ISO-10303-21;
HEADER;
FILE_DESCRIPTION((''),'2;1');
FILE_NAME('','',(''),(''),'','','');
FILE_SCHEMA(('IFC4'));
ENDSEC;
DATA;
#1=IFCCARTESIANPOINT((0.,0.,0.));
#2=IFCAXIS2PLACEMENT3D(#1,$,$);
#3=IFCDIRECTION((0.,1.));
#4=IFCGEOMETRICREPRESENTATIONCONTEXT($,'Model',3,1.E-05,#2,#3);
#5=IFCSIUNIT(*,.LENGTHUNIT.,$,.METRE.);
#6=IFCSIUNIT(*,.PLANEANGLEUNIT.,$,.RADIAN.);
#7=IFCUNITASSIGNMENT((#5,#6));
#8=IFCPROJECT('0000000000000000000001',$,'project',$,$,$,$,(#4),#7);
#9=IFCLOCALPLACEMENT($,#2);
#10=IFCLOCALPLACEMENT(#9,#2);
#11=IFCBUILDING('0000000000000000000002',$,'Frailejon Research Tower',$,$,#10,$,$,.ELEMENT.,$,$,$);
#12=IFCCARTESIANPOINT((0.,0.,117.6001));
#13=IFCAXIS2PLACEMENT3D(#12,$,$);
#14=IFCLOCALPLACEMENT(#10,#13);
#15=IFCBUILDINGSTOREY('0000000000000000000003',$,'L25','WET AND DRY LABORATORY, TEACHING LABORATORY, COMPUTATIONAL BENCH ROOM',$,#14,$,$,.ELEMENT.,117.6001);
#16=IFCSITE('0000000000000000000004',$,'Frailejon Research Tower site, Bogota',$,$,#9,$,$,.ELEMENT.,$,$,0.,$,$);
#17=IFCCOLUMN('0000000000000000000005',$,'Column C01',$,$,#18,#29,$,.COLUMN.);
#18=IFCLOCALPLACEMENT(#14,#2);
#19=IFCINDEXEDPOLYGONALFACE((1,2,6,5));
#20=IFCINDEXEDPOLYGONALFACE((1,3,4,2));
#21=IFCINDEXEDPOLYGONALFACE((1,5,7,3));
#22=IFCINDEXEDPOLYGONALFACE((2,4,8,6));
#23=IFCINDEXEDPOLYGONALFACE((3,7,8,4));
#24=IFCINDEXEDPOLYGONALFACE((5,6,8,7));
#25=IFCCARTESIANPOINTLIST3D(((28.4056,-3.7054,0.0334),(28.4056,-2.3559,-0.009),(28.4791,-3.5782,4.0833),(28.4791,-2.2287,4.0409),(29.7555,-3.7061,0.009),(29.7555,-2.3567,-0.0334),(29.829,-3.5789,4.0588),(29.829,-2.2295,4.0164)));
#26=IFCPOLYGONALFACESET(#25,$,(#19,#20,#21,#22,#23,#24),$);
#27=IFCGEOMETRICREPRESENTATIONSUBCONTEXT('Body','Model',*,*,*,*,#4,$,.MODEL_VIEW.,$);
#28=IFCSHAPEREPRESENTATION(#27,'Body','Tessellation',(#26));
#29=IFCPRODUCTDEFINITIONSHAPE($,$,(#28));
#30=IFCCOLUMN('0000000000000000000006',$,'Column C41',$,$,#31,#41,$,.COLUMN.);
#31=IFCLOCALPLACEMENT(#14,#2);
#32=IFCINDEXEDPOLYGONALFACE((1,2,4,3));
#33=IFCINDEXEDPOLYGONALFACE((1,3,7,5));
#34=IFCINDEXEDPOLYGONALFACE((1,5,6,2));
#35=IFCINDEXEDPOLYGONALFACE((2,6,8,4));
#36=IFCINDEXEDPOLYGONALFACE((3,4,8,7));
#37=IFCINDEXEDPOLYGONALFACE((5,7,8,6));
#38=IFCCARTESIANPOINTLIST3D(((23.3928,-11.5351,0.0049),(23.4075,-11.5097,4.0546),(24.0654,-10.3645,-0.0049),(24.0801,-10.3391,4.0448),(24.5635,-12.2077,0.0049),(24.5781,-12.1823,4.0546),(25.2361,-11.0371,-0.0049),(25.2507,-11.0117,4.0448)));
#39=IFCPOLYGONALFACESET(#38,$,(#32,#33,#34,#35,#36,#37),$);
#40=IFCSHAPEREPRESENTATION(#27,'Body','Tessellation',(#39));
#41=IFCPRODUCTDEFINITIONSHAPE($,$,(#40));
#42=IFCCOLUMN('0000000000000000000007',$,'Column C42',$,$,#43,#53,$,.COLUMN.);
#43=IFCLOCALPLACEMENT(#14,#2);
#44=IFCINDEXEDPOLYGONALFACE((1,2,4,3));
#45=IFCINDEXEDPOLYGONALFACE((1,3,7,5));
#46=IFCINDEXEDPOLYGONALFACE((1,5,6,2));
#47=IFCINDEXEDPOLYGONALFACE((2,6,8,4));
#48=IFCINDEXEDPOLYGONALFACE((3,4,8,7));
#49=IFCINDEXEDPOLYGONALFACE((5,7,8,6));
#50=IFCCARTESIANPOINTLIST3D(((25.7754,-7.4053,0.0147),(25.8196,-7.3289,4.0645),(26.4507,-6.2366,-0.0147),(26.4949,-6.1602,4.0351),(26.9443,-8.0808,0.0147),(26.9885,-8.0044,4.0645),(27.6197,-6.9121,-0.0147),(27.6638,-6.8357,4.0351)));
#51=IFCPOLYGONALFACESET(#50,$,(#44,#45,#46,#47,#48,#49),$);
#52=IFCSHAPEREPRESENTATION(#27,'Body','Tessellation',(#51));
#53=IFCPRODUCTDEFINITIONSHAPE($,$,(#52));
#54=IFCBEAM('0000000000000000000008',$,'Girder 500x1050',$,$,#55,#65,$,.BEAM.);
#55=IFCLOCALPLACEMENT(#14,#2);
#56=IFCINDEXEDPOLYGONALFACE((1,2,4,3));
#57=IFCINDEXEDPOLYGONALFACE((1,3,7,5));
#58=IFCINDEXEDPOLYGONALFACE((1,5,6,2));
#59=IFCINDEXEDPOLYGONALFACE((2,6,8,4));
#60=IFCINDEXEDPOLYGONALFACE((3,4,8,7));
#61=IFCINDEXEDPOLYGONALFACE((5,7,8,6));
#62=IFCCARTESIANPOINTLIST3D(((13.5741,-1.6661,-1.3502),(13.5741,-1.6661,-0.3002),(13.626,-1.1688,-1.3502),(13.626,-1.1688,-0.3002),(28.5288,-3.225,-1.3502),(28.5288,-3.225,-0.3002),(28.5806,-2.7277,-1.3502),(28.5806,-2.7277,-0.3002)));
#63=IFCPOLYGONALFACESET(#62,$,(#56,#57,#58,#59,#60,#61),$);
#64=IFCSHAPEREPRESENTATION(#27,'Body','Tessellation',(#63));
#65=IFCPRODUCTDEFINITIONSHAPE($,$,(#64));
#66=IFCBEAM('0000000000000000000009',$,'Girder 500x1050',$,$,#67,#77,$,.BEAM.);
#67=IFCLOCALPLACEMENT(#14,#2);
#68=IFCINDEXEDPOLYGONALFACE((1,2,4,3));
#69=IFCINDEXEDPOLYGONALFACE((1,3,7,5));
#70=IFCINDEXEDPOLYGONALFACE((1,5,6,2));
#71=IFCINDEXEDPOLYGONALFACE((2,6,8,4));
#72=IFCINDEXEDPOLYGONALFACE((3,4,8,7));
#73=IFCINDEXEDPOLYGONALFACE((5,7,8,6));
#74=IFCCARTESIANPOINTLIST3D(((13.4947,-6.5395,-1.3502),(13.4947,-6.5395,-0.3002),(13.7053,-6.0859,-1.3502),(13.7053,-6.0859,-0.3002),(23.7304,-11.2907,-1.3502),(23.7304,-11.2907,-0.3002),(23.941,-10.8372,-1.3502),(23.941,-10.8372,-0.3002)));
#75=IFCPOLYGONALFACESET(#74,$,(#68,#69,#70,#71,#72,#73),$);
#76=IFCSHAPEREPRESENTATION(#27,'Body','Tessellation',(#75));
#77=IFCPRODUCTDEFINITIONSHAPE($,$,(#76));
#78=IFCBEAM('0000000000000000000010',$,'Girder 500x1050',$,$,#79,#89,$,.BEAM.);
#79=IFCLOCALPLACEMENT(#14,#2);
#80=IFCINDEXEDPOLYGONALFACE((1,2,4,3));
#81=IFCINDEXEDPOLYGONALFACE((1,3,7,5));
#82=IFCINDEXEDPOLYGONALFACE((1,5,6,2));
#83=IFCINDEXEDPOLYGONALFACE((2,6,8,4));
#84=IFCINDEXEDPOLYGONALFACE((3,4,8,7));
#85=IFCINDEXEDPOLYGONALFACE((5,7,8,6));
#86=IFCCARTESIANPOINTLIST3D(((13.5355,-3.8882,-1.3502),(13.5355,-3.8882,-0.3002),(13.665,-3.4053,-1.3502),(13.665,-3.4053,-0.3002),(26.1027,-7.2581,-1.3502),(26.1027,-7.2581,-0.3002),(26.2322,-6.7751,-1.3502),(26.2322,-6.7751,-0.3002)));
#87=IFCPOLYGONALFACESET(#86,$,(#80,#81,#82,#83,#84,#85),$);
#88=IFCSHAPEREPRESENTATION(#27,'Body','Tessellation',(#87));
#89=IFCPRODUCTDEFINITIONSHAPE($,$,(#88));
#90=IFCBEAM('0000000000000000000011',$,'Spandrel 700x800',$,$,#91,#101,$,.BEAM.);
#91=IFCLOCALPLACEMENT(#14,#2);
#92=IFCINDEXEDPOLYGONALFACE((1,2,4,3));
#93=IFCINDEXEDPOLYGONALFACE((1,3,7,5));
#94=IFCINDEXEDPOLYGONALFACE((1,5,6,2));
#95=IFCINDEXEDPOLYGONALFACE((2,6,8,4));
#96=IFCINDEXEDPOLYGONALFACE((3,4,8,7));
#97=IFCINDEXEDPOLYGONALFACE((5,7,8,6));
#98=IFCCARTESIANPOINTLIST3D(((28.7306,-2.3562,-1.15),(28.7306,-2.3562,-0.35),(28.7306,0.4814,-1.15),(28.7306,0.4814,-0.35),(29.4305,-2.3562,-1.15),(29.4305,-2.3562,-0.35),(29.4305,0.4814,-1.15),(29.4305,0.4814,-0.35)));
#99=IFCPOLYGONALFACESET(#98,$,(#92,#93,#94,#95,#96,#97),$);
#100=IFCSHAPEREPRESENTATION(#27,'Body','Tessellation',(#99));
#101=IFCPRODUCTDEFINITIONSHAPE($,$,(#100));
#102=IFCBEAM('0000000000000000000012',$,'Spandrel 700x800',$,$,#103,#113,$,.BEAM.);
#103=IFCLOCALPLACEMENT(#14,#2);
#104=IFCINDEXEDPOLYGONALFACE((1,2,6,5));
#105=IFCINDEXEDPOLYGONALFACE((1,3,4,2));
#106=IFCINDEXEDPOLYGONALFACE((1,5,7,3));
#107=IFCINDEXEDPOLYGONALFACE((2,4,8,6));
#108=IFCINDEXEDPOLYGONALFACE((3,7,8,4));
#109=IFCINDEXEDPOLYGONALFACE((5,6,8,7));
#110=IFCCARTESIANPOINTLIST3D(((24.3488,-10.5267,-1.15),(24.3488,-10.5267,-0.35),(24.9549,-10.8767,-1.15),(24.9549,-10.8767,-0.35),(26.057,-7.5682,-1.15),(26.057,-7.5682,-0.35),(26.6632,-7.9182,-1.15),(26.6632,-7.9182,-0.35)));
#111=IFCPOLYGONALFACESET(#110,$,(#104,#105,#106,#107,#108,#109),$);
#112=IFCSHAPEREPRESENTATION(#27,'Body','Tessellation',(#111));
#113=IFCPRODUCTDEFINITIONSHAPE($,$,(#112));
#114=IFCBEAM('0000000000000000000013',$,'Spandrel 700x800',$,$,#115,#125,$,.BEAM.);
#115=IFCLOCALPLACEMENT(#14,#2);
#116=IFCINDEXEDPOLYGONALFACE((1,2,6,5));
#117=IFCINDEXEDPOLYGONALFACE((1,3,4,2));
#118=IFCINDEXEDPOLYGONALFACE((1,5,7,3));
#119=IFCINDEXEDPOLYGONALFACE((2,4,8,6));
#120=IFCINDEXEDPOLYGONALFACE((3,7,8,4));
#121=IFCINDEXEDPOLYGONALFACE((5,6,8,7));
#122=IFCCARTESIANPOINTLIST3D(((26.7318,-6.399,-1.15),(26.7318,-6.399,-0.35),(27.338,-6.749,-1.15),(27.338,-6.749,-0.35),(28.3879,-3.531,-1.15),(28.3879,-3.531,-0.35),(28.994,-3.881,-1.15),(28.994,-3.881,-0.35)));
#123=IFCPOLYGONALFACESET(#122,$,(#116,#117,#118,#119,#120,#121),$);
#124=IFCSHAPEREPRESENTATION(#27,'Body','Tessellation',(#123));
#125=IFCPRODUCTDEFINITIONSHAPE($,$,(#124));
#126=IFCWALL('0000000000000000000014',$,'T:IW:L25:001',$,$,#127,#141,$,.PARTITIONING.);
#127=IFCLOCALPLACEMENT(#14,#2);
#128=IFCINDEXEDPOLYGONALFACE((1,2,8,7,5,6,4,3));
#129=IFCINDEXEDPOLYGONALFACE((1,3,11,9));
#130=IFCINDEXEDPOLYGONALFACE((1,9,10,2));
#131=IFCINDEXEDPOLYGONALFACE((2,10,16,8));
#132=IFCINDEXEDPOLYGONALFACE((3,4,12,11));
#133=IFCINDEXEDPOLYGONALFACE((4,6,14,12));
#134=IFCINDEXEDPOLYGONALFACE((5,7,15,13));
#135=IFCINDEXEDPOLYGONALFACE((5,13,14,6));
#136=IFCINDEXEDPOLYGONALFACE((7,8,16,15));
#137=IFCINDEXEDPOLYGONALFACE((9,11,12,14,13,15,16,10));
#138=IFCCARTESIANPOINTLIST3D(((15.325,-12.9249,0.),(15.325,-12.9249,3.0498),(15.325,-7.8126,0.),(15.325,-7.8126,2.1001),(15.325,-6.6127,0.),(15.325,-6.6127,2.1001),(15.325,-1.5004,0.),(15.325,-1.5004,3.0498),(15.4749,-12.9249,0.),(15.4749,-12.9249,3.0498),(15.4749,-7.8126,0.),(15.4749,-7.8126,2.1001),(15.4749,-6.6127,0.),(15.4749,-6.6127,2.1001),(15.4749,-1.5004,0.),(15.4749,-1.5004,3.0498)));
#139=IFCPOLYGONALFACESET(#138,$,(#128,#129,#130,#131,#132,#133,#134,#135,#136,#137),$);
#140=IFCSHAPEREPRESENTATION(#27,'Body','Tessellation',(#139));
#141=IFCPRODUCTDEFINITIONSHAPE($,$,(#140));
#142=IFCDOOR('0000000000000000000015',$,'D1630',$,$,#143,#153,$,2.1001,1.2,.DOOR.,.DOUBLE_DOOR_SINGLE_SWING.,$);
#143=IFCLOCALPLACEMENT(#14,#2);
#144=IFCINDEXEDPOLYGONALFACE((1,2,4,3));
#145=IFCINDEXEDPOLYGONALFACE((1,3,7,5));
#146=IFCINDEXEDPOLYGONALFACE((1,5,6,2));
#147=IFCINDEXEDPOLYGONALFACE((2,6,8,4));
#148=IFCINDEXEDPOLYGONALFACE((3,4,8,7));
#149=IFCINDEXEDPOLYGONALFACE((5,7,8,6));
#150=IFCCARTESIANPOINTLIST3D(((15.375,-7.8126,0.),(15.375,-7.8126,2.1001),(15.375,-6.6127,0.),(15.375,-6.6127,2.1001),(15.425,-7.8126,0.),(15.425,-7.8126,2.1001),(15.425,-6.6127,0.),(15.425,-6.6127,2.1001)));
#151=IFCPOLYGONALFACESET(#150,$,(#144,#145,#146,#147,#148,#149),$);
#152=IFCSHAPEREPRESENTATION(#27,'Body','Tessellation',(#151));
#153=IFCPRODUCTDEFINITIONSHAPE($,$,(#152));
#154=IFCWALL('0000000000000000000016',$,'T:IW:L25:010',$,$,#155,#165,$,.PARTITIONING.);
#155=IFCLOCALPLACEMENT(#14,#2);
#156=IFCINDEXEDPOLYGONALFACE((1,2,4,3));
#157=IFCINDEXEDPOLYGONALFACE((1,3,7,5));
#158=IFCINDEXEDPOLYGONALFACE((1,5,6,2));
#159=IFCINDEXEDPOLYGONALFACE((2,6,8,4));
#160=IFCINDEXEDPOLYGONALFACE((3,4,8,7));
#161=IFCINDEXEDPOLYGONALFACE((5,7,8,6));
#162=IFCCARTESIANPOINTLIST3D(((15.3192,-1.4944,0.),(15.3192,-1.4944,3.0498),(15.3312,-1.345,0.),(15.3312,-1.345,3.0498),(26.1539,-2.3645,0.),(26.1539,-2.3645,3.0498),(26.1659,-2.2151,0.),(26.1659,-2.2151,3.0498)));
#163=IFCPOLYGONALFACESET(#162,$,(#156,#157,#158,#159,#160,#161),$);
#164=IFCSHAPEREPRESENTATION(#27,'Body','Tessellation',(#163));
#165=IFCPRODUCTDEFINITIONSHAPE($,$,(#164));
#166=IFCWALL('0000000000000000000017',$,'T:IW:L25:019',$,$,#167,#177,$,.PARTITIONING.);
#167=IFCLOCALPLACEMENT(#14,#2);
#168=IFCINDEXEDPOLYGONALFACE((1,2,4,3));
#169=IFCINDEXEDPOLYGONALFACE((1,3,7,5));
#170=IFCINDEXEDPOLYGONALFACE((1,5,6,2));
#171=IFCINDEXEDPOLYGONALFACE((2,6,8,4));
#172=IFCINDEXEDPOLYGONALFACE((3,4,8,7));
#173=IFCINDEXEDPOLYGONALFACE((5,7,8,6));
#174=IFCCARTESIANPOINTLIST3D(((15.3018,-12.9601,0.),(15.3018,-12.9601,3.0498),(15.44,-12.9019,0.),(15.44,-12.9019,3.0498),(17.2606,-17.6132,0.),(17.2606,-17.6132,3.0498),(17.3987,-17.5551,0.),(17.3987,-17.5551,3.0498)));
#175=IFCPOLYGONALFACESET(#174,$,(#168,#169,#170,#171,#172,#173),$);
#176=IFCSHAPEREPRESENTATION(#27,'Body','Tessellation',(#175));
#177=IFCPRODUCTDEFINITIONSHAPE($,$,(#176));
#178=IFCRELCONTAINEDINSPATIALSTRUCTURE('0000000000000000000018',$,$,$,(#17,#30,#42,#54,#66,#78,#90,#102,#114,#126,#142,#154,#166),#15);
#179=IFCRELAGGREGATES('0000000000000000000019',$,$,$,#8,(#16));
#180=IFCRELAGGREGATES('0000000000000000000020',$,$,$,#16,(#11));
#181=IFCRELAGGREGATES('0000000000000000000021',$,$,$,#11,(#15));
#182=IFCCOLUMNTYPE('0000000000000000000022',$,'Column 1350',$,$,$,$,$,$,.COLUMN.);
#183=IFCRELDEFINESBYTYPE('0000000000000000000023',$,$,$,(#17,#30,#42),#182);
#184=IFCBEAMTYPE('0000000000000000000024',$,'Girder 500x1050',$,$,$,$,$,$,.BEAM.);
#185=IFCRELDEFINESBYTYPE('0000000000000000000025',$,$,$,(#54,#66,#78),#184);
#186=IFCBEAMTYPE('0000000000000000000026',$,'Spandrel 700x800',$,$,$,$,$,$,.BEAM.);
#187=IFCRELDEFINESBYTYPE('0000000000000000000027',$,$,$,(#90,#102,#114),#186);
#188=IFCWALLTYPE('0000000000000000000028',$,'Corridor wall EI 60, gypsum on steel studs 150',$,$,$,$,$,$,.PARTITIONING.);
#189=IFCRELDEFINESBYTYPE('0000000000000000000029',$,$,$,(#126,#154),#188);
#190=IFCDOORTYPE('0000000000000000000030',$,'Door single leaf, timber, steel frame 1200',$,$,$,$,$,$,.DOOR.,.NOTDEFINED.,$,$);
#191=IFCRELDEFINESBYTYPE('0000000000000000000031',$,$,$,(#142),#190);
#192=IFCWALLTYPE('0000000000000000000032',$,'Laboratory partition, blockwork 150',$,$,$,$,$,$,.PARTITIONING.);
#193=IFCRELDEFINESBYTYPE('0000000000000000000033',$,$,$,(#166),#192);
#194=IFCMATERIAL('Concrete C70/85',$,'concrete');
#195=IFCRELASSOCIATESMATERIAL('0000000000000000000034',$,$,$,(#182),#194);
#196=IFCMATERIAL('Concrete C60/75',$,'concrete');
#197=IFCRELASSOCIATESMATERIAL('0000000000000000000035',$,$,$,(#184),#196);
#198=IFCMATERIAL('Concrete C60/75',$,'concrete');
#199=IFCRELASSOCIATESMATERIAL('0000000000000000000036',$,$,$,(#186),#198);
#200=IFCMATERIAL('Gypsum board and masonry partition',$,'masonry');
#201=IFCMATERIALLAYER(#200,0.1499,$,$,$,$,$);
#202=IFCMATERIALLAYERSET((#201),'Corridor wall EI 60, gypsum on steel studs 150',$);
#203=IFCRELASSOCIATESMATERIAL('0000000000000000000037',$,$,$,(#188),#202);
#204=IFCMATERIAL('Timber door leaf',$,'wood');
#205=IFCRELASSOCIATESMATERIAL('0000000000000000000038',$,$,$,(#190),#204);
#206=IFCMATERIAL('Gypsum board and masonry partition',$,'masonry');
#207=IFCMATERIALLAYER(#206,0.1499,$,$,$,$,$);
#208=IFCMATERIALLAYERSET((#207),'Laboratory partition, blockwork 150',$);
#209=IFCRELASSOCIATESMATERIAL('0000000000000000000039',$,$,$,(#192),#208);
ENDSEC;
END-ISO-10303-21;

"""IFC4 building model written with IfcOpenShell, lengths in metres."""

from ifc_helpers import new_model, si_unit, direction, frame, frame_2d, origin, origin_2d, place, context, subcontext, project, spatial, rectangle, extrude, material, layer, layer_set, material_profile, profile_set, type_object, element, fill, save


model = new_model("IFC4")

# Units and contexts
model_context = context("Model", 3, precision=1e-05, world=origin(), true_north=direction((0.0, 1.0)))
body_context = subcontext(model_context, "Body", "Model", "MODEL_VIEW")
ifc_project = project(units=[si_unit("LENGTHUNIT", "METRE"), si_unit("PLANEANGLEUNIT", "RADIAN")], contexts=[model_context])

# Site, building, storey
site_placement = place(None, origin())
site = spatial("IfcSite", under=ifc_project, at=site_placement, Name="Frailejon Research Tower site, Bogota", CompositionType="ELEMENT", RefElevation=0.0)
building_placement = place(site_placement, origin())
building = spatial("IfcBuilding", under=site, at=building_placement, Name="Frailejon Research Tower", CompositionType="ELEMENT")
storey_placement = place(building_placement, frame((0.0, 0.0, 117.6001)))
storey = spatial("IfcBuildingStorey", under=building, at=storey_placement, Name="L25", Description="WET AND DRY LABORATORY, TEACHING LABORATORY, COMPUTATIONAL BENCH ROOM", CompositionType="ELEMENT", Elevation=117.6001)

# Columns
ifc_material_1 = material(Name="Concrete C70/85", Category="concrete")
ifc_material_profile_1 = material_profile(ifc_material_1, rectangle(XDim=1.3501, YDim=1.3501, at=origin_2d()), Name="Column 1350")
ifc_profile_set_1 = profile_set([ifc_material_profile_1], Name="Concrete C70/85")
column_type = type_object("IfcColumnType", Name="Column 1350", PredefinedType="COLUMN", material=ifc_profile_set_1)
column_1_placement = place(storey_placement, frame((29.0806, -3.031, 0.0), z_axis=(0.018134, 0.031388, 0.999343), x_axis=(-0.000022, 0.999507, -0.031392)))
element("IfcColumn", 1, at=column_1_placement, inside=storey, type_object=column_type, Name="Column C01", PredefinedType="COLUMN", context=body_context, shape_type="SweptSolid", body=[
    extrude(rectangle(XDim=1.3501, YDim=1.3501, at=origin_2d()), origin(), (0.0, 0.0, 1.0), 4.0525),
])
column_2_placement = place(storey_placement, frame((24.3145, -11.2861, 0.0), z_axis=(0.003617, 0.006269, 0.999974), x_axis=(0.498177, 0.867045, -0.007238)))
element("IfcColumn", 2, at=column_2_placement, inside=storey, type_object=column_type, Name="Column C41", PredefinedType="COLUMN", context=body_context, shape_type="SweptSolid", body=[
    extrude(rectangle(XDim=1.3501, YDim=1.3501, at=origin_2d()), origin(), (0.0, 0.0, 1.0), 4.0498),
])
column_3_placement = place(storey_placement, frame((26.6975, -7.1587, 0.0), z_axis=(0.010909, 0.018865, 0.999763), x_axis=(0.500187, 0.865643, -0.021792)))
element("IfcColumn", 3, at=column_3_placement, inside=storey, type_object=column_type, Name="Column C42", PredefinedType="COLUMN", context=body_context, shape_type="SweptSolid", body=[
    extrude(rectangle(XDim=1.3501, YDim=1.3501, at=origin_2d()), origin(), (0.0, 0.0, 1.0), 4.0508),
])

# Beams
ifc_material_2 = material(Name="Concrete C60/75", Category="concrete")
ifc_material_profile_2 = material_profile(ifc_material_2, rectangle(XDim=0.5, YDim=1.05, at=origin_2d()), Name="Girder 500x1050")
ifc_profile_set_2 = profile_set([ifc_material_profile_2], Name="Concrete C60/75")
beam_type_1 = type_object("IfcBeamType", Name="Girder 500x1050", PredefinedType="BEAM", material=ifc_profile_set_2)
beam_1_placement = place(storey_placement, frame((28.5547, -2.9763, -0.8252), z_axis=(-0.994611, 0.103676, 0.0), x_axis=(-0.103676, -0.994611, 0.0)))
element("IfcBeam", 4, at=beam_1_placement, inside=storey, type_object=beam_type_1, Name="Girder 500x1050", PredefinedType="BEAM", context=body_context, shape_type="SweptSolid", body=[
    extrude(rectangle(XDim=0.5, YDim=1.05, at=origin_2d()), origin(), (0.0, 0.0, 1.0), 15.0356),
])
beam_2_placement = place(storey_placement, frame((23.8357, -11.064, -0.8252), z_axis=(-0.907043, 0.421037, 0.0), x_axis=(-0.421037, -0.907043, 0.0)))
element("IfcBeam", 5, at=beam_2_placement, inside=storey, type_object=beam_type_1, Name="Girder 500x1050", PredefinedType="BEAM", context=body_context, shape_type="SweptSolid", body=[
    extrude(rectangle(XDim=0.5, YDim=1.05, at=origin_2d()), origin(), (0.0, 0.0, 1.0), 11.2847),
])
beam_3_placement = place(storey_placement, frame((26.1675, -7.0166, -0.8252), z_axis=(-0.965879, 0.258995, 0.0), x_axis=(-0.258995, -0.965879, 0.0)))
element("IfcBeam", 6, at=beam_3_placement, inside=storey, type_object=beam_type_1, Name="Girder 500x1050", PredefinedType="BEAM", context=body_context, shape_type="SweptSolid", body=[
    extrude(rectangle(XDim=0.5, YDim=1.05, at=origin_2d()), origin(), (0.0, 0.0, 1.0), 13.0112),
])
ifc_material_3 = material(Name="Concrete C60/75", Category="concrete")
ifc_material_profile_3 = material_profile(ifc_material_3, rectangle(XDim=0.7, YDim=0.8, at=origin_2d()), Name="Spandrel 700x800")
ifc_profile_set_3 = profile_set([ifc_material_profile_3], Name="Concrete C60/75")
beam_type_2 = type_object("IfcBeamType", Name="Spandrel 700x800", PredefinedType="BEAM", material=ifc_profile_set_3)
beam_4_placement = place(storey_placement, frame((29.0806, -2.3562, -0.75), z_axis=(0.0, 1.0, 0.0), x_axis=(-1.0, 0.0, 0.0)))
element("IfcBeam", 7, at=beam_4_placement, inside=storey, type_object=beam_type_2, Name="Spandrel 700x800", PredefinedType="BEAM", context=body_context, shape_type="SweptSolid", body=[
    extrude(rectangle(XDim=0.7, YDim=0.8, at=origin_2d()), origin(), (0.0, 0.0, 1.0), 2.8376),
])
beam_5_placement = place(storey_placement, frame((24.6519, -10.7017, -0.75), z_axis=(0.500036, 0.866005, 0.0), x_axis=(-0.866005, 0.500036, 0.0)))
element("IfcBeam", 8, at=beam_5_placement, inside=storey, type_object=beam_type_2, Name="Spandrel 700x800", PredefinedType="BEAM", context=body_context, shape_type="SweptSolid", body=[
    extrude(rectangle(XDim=0.7, YDim=0.8, at=origin_2d()), origin(), (0.0, 0.0, 1.0), 3.4163),
])
beam_6_placement = place(storey_placement, frame((27.0349, -6.574, -0.75), z_axis=(0.500048, 0.865998, 0.0), x_axis=(-0.865998, 0.500048, 0.0)))
element("IfcBeam", 9, at=beam_6_placement, inside=storey, type_object=beam_type_2, Name="Spandrel 700x800", PredefinedType="BEAM", context=body_context, shape_type="SweptSolid", body=[
    extrude(rectangle(XDim=0.7, YDim=0.8, at=origin_2d()), origin(), (0.0, 0.0, 1.0), 3.3118),
])

# Wall, opening, door
ifc_material_4 = material(Name="Gypsum board and masonry partition", Category="masonry")
ifc_layer_1 = layer(ifc_material_4, 0.1499)
ifc_layer_set_1 = layer_set([ifc_layer_1], Name="Corridor wall EI 60, gypsum on steel studs 150")
wall_type_1 = type_object("IfcWallType", Name="Corridor wall EI 60, gypsum on steel studs 150", PredefinedType="PARTITIONING", material=ifc_layer_set_1)
wall_1_placement = place(storey_placement, frame((15.3999, -12.925, 0.0), z_axis=(0.0, 0.0, 1.0), x_axis=(0.0, 1.0, 0.0)))
wall_1 = element("IfcWall", 10, at=wall_1_placement, inside=storey, type_object=wall_type_1, Name="T:IW:L25:001", PredefinedType="PARTITIONING", context=body_context, shape_type="SweptSolid", body=[
    extrude(rectangle(XDim=11.4246, YDim=0.1499, at=frame_2d((5.7124, 0.0))), origin(), (0.0, 0.0, 1.0), 3.0498),
])
opening_1_placement = place(wall_1_placement, frame((5.1123, 0.0, 0.0)))
opening_1 = element("IfcOpeningElement", 11, at=opening_1_placement, cuts=wall_1, PredefinedType="OPENING", context=body_context, shape_type="SweptSolid", body=[
    extrude(rectangle(XDim=1.2, YDim=2.1001, at=frame_2d((0.6001, 1.05))), frame((0.0, 0.085, 0.0), z_axis=(0.0, -1.0, 0.0), x_axis=(1.0, 0.0, 0.0)), (0.0, 0.0, 1.0), 0.1699),
])
ifc_material_5 = material(Name="Timber door leaf", Category="wood")
door_type = type_object("IfcDoorType", Name="Door single leaf, timber, steel frame 1200", OperationType="NOTDEFINED", PredefinedType="DOOR", material=ifc_material_5)
door_placement = place(opening_1_placement, origin())
door = element("IfcDoor", 12, at=door_placement, inside=storey, type_object=door_type, Name="D1630", OperationType="DOUBLE_DOOR_SINGLE_SWING", OverallHeight=2.1001, OverallWidth=1.2, PredefinedType="DOOR", context=body_context, shape_type="SweptSolid", body=[
    extrude(rectangle(XDim=1.2, YDim=2.1001, at=frame_2d((0.6001, 1.05))), frame((0.0, 0.0249, 0.0), z_axis=(0.0, -1.0, 0.0), x_axis=(1.0, 0.0, 0.0)), (0.0, 0.0, 1.0), 0.05),
])
fill(opening_1, door)

# Walls
wall_2_placement = place(storey_placement, frame((15.3252, -1.4197, 0.0), z_axis=(0.0, 0.0, 1.0), x_axis=(0.996791, -0.080051, 0.0)))
element("IfcWall", 13, at=wall_2_placement, inside=storey, type_object=wall_type_1, Name="T:IW:L25:010", PredefinedType="PARTITIONING", context=body_context, shape_type="SweptSolid", body=[
    extrude(rectangle(XDim=10.8696, YDim=0.1499, at=frame_2d((5.4348, 0.0))), origin(), (0.0, 0.0, 1.0), 3.0498),
])
ifc_material_6 = material(Name="Gypsum board and masonry partition", Category="masonry")
ifc_layer_2 = layer(ifc_material_6, 0.1499)
ifc_layer_set_2 = layer_set([ifc_layer_2], Name="Laboratory partition, blockwork 150")
wall_type_2 = type_object("IfcWallType", Name="Laboratory partition, blockwork 150", PredefinedType="PARTITIONING", material=ifc_layer_set_2)
wall_3_placement = place(storey_placement, frame((15.3708, -12.9309, 0.0), z_axis=(0.0, 0.0, 1.0), x_axis=(0.387981, -0.921667, 0.0)))
element("IfcWall", 14, at=wall_3_placement, inside=storey, type_object=wall_type_2, Name="T:IW:L25:019", PredefinedType="PARTITIONING", context=body_context, shape_type="SweptSolid", body=[
    extrude(rectangle(XDim=5.0486, YDim=0.1499, at=frame_2d((2.5244, 0.0))), origin(), (0.0, 0.0, 1.0), 3.0498),
])

save(model, "model.ifc")
